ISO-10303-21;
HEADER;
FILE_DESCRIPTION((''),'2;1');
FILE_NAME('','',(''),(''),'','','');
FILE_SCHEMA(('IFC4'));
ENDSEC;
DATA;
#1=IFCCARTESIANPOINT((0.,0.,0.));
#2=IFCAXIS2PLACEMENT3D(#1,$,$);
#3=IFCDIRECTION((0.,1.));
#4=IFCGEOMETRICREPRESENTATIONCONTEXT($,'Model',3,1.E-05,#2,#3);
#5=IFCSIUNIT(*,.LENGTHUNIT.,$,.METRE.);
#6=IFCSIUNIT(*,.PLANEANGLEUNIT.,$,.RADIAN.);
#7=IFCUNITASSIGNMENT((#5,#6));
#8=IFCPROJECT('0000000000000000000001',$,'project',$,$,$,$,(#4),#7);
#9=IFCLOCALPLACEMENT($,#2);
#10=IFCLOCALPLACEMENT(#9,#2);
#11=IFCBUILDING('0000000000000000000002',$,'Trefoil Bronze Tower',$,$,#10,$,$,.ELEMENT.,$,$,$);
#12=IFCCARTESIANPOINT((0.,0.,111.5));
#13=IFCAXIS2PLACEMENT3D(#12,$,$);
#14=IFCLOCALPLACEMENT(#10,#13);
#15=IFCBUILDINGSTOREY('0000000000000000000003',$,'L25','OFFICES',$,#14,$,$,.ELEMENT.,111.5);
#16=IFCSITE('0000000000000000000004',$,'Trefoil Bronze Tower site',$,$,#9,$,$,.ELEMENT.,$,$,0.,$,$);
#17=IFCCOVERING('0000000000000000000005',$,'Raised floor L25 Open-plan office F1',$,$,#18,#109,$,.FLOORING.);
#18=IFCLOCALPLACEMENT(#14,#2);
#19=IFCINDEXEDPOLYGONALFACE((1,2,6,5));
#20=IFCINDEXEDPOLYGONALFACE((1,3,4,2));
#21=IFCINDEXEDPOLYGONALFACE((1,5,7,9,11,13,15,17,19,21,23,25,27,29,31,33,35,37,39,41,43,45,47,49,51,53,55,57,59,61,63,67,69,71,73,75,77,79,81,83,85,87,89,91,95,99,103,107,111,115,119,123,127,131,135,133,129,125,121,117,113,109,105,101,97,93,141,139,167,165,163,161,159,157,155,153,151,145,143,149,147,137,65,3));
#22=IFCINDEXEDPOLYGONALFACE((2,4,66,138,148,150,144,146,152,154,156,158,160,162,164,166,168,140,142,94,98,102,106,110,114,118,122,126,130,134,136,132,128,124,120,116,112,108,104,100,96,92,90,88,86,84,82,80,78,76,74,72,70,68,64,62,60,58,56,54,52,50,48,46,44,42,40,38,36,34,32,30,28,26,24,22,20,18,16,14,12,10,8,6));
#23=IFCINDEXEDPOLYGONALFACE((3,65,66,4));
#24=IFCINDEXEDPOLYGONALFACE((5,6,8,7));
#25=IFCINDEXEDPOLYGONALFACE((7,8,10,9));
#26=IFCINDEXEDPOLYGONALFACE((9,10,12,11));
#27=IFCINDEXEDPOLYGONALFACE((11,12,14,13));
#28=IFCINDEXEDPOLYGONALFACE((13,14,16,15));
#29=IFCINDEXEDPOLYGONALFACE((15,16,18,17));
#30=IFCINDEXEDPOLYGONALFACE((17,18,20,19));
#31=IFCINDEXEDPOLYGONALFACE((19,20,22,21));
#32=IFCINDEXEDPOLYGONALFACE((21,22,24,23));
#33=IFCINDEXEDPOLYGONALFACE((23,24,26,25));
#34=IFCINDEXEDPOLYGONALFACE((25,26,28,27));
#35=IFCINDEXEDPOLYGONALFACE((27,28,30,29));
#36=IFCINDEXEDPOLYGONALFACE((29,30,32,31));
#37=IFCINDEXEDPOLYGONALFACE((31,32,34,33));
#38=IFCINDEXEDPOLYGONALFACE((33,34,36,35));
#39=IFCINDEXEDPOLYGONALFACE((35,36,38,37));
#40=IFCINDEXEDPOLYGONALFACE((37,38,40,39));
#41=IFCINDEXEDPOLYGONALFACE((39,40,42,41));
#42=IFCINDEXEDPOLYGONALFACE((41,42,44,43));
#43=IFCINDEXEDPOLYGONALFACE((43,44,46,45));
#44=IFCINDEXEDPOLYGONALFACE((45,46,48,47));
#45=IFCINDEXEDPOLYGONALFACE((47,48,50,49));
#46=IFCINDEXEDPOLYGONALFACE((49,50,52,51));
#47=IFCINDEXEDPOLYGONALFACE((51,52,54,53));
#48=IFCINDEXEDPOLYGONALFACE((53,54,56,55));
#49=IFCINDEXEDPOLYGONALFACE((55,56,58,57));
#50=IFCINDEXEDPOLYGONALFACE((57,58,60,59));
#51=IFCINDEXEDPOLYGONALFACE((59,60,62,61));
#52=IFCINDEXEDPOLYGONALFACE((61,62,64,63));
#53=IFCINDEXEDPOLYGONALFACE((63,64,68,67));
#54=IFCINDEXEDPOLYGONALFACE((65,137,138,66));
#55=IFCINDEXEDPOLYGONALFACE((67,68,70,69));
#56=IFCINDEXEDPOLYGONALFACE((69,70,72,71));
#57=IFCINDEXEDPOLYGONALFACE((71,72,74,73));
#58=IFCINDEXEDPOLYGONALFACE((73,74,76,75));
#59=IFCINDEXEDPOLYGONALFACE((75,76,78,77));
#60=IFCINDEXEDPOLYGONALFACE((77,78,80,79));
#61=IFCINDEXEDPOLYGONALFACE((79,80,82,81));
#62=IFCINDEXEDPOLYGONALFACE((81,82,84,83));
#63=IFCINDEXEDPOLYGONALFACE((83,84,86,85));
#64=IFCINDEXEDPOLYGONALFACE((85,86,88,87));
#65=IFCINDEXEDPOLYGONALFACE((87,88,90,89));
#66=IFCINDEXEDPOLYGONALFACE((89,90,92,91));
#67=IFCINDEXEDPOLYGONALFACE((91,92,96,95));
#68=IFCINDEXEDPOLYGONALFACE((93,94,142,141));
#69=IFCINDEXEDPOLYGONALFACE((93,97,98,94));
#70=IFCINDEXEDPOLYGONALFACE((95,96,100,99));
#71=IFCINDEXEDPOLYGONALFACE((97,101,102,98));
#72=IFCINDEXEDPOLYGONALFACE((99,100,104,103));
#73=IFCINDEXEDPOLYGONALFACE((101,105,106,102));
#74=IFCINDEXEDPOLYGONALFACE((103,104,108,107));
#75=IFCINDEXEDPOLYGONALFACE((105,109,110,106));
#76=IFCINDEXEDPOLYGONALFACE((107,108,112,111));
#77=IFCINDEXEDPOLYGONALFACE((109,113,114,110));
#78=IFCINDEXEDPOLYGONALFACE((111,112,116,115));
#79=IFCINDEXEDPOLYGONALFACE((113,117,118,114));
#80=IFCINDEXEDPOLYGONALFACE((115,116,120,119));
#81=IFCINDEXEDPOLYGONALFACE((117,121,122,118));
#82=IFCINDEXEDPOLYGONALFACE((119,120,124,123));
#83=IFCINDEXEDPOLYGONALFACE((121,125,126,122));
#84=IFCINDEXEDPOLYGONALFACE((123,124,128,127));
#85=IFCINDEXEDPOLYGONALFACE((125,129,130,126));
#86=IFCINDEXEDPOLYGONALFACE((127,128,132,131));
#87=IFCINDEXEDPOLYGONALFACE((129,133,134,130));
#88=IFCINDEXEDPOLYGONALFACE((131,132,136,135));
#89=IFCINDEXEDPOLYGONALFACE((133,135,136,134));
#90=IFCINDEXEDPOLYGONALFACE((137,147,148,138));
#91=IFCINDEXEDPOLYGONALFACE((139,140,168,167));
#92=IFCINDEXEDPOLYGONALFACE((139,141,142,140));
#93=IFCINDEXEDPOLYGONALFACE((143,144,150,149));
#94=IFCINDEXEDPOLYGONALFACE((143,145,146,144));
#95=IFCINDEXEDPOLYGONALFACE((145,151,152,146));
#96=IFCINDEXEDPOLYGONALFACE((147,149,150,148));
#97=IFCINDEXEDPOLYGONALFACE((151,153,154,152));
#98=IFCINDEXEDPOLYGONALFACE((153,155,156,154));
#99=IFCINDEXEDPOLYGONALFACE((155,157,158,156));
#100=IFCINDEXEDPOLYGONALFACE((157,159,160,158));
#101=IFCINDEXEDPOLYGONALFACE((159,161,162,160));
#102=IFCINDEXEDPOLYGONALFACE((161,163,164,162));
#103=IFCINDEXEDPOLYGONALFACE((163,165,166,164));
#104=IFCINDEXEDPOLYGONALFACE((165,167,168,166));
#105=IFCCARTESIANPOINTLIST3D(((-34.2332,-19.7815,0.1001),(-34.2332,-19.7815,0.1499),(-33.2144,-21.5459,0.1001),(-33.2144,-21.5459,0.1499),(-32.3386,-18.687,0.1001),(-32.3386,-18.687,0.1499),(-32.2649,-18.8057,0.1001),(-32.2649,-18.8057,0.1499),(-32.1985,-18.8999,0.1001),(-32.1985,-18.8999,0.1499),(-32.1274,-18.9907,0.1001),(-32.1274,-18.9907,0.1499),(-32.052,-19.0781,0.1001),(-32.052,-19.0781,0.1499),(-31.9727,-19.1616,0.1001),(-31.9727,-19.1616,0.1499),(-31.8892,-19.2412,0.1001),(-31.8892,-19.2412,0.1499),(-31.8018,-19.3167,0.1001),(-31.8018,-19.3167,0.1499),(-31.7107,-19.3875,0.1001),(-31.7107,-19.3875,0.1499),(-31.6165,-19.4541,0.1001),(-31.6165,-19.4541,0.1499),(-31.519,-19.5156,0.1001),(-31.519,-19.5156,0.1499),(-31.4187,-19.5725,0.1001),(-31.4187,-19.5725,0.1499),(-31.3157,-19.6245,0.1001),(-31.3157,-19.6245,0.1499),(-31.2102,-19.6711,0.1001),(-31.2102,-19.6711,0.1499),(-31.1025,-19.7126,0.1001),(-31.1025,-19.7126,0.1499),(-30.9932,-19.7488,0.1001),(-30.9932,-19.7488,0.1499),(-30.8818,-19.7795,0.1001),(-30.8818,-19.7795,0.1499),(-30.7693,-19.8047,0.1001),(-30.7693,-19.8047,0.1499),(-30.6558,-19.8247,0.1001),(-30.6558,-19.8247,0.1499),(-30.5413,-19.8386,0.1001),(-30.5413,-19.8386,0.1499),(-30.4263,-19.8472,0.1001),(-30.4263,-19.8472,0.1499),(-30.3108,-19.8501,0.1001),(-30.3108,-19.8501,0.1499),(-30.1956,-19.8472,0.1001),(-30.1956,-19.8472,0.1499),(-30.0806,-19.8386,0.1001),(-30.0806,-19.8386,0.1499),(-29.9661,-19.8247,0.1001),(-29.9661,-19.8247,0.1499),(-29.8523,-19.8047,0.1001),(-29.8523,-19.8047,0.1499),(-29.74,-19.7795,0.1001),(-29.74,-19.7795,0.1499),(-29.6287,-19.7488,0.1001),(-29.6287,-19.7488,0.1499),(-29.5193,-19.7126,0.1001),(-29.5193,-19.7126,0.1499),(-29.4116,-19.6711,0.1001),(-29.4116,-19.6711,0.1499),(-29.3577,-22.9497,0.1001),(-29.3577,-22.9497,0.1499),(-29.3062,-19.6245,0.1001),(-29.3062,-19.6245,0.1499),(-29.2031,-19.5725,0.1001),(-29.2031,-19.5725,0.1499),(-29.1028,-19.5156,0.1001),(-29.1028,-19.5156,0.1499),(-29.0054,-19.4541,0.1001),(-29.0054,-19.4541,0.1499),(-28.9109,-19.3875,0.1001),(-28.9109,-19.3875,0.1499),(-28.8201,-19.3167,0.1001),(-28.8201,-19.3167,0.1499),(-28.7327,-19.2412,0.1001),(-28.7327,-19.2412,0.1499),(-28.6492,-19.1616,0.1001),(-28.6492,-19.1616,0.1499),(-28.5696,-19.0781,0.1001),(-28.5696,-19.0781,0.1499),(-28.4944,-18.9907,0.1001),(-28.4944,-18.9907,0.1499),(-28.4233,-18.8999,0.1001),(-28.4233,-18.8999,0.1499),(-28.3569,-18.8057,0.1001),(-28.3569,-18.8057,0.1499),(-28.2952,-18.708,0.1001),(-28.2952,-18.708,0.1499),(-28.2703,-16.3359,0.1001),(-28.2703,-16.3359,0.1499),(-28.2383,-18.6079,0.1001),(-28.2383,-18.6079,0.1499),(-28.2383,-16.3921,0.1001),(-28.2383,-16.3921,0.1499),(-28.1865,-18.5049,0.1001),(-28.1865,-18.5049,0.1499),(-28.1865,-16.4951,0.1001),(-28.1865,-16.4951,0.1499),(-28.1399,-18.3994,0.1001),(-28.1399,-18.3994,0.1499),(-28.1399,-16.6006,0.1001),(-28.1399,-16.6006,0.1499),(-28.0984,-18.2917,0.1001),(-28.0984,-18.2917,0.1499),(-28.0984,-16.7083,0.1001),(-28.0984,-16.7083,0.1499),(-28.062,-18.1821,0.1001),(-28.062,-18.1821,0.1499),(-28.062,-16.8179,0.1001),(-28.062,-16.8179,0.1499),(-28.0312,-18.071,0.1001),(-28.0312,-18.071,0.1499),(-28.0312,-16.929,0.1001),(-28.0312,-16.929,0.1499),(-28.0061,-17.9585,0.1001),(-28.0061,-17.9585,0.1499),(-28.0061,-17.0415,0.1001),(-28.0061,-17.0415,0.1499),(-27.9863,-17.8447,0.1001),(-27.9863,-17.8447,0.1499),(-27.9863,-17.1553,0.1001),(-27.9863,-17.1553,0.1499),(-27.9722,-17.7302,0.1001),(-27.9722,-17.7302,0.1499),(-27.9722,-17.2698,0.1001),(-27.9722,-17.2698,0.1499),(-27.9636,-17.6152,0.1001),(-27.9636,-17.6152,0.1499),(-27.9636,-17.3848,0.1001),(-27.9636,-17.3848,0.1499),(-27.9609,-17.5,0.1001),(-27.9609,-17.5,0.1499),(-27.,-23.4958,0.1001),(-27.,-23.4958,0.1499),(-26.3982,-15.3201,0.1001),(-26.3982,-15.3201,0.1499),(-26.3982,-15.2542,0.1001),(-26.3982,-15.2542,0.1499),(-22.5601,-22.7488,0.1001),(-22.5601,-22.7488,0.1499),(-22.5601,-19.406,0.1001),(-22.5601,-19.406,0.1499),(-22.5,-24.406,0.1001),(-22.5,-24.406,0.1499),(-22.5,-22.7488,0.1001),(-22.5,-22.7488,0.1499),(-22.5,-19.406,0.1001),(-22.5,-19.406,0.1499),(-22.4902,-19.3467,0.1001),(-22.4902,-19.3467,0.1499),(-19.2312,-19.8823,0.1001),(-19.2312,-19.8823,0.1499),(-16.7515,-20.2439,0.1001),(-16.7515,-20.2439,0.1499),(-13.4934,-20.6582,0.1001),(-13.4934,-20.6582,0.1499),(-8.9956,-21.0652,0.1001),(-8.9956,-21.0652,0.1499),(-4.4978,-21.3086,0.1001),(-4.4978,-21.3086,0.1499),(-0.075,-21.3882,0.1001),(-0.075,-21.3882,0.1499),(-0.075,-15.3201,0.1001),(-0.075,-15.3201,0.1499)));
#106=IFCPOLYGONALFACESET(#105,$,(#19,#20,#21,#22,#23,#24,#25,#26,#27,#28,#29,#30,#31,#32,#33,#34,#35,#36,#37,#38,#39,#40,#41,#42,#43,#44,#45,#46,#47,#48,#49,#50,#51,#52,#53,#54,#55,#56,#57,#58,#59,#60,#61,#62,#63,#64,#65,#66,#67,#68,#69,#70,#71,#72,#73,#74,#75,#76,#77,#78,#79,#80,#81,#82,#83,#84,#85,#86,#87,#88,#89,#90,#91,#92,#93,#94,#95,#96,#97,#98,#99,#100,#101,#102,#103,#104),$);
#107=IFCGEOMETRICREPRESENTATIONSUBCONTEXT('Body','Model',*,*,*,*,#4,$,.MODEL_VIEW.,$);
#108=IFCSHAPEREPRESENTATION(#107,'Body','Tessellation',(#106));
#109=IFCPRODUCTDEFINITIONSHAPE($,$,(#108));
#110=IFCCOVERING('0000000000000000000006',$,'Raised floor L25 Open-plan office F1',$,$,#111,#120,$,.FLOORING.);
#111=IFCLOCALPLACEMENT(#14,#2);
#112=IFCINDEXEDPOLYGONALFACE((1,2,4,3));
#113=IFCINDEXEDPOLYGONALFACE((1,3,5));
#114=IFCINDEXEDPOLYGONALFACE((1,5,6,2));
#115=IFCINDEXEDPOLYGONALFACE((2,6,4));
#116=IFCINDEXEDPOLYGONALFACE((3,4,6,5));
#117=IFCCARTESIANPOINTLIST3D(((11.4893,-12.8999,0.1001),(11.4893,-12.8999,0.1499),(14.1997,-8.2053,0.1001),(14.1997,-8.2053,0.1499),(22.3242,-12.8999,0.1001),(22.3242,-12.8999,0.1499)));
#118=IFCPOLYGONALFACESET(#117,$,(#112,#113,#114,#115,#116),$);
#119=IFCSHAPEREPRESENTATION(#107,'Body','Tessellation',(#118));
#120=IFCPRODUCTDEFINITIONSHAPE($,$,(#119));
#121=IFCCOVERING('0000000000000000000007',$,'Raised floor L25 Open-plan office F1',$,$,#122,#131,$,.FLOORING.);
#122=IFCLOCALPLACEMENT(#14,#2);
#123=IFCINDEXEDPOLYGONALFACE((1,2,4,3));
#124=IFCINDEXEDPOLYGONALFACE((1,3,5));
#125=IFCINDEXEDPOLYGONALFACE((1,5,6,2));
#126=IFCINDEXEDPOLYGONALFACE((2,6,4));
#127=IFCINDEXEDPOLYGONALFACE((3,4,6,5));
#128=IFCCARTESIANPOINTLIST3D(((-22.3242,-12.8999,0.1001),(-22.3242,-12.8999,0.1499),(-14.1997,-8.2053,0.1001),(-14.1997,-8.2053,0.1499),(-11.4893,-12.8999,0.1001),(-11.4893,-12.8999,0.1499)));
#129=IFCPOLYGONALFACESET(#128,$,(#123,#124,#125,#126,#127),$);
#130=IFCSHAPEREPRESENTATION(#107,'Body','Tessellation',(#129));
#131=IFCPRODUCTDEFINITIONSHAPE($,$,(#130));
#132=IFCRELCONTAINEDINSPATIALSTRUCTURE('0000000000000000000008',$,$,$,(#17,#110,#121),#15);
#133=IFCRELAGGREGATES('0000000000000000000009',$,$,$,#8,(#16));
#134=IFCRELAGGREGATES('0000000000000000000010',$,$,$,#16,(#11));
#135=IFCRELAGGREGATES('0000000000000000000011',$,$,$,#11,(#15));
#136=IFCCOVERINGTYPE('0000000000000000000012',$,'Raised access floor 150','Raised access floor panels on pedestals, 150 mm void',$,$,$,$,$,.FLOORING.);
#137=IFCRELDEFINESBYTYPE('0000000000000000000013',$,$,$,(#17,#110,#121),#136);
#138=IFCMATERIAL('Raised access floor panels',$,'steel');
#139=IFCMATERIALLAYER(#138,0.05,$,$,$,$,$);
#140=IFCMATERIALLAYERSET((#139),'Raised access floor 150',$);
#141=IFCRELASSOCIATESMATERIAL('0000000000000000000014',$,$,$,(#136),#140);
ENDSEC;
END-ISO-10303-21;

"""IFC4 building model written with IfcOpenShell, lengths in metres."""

from ifc_helpers import new_model, si_unit, direction, frame, origin, place, context, subcontext, project, spatial, polyline, outline, extrude, material, layer, layer_set, type_object, element, save


model = new_model("IFC4")

# Units and contexts
model_context = context("Model", 3, precision=1e-05, world=origin(), true_north=direction((0.0, 1.0)))
body_context = subcontext(model_context, "Body", "Model", "MODEL_VIEW")
ifc_project = project(units=[si_unit("LENGTHUNIT", "METRE"), si_unit("PLANEANGLEUNIT", "RADIAN")], contexts=[model_context])

# Site, building, storey
site_placement = place(None, origin())
site = spatial("IfcSite", under=ifc_project, at=site_placement, Name="Trefoil Bronze Tower site", CompositionType="ELEMENT", RefElevation=0.0)
building_placement = place(site_placement, origin())
building = spatial("IfcBuilding", under=site, at=building_placement, Name="Trefoil Bronze Tower", CompositionType="ELEMENT")
storey_placement = place(building_placement, frame((0.0, 0.0, 111.5)))
storey = spatial("IfcBuildingStorey", under=building, at=storey_placement, Name="L25", Description="OFFICES", CompositionType="ELEMENT", Elevation=111.5)

# Coverings
ifc_material_1 = material(Name="Raised access floor panels", Category="steel")
ifc_layer_1 = layer(ifc_material_1, 0.05)
ifc_layer_set_1 = layer_set([ifc_layer_1], Name="Raised access floor 150")
covering_type_1 = type_object("IfcCoveringType", Name="Raised access floor 150", Description="Raised access floor panels on pedestals, 150 mm void", PredefinedType="FLOORING", material=ifc_layer_set_1)
covering_1_placement = place(storey_placement, frame((0.0, 0.0, 0.1001)))
element("IfcCovering", 1, at=covering_1_placement, inside=storey, type_object=covering_type_1, Name="Raised floor L25 Open-plan office F1", PredefinedType="FLOORING", context=body_context, shape_type="SweptSolid", body=[
    extrude(outline(polyline([(-28.1399, -16.6006), (-28.1865, -16.4951), (-28.2383, -16.3921), (-28.2703, -16.3359), (-26.3982, -15.2542), (-26.3982, -15.3201), (-0.075, -15.3201), (-0.075, -21.3882), (-4.4978, -21.3086), (-8.9956, -21.0652), (-13.4934, -20.6582), (-16.7515, -20.2439), (-19.2312, -19.8823), (-22.4902, -19.3467), (-22.5, -19.406), (-22.5601, -19.406), (-22.5601, -22.7488), (-22.5, -22.7488), (-22.5, -24.406), (-27.0, -23.4958), (-29.3577, -22.9497), (-33.2144, -21.5459), (-34.2332, -19.7815), (-32.3386, -18.687), (-32.2649, -18.8057), (-32.1985, -18.8999), (-32.1274, -18.9907), (-32.052, -19.0781), (-31.9727, -19.1616), (-31.8892, -19.2412), (-31.8018, -19.3167), (-31.7107, -19.3875), (-31.6165, -19.4541), (-31.519, -19.5156), (-31.4187, -19.5725), (-31.3157, -19.6245), (-31.2102, -19.6711), (-31.1025, -19.7126), (-30.9932, -19.7488), (-30.8818, -19.7795), (-30.7693, -19.8047), (-30.6558, -19.8247), (-30.5413, -19.8386), (-30.4263, -19.8472), (-30.3108, -19.8501), (-30.1956, -19.8472), (-30.0806, -19.8386), (-29.9661, -19.8247), (-29.8523, -19.8047), (-29.74, -19.7795), (-29.6287, -19.7488), (-29.5193, -19.7126), (-29.4116, -19.6711), (-29.3062, -19.6245), (-29.2031, -19.5725), (-29.1028, -19.5156), (-29.0054, -19.4541), (-28.9109, -19.3875), (-28.8201, -19.3167), (-28.7327, -19.2412), (-28.6492, -19.1616), (-28.5696, -19.0781), (-28.4944, -18.9907), (-28.4233, -18.8999), (-28.3569, -18.8057), (-28.2952, -18.708), (-28.2383, -18.6079), (-28.1865, -18.5049), (-28.1399, -18.3994), (-28.0984, -18.2917), (-28.062, -18.1821), (-28.0312, -18.071), (-28.0061, -17.9585), (-27.9863, -17.8447), (-27.9722, -17.7302), (-27.9636, -17.6152), (-27.9609, -17.5), (-27.9636, -17.3848), (-27.9722, -17.2698), (-27.9863, -17.1553), (-28.0061, -17.0415), (-28.0312, -16.929), (-28.062, -16.8179), (-28.0984, -16.7083), (-28.1399, -16.6006)])), origin(), (0.0, 0.0, 1.0), 0.0498),
])
covering_2_placement = place(storey_placement, frame((0.0, 0.0, 0.1001)))
element("IfcCovering", 2, at=covering_2_placement, inside=storey, type_object=covering_type_1, Name="Raised floor L25 Open-plan office F1", PredefinedType="FLOORING", context=body_context, shape_type="SweptSolid", body=[
    extrude(outline(polyline([(14.1997, -8.2053), (22.3242, -12.8999), (11.4893, -12.8999), (14.1997, -8.2053)])), origin(), (0.0, 0.0, 1.0), 0.0498),
])
covering_3_placement = place(storey_placement, frame((0.0, 0.0, 0.1001)))
element("IfcCovering", 3, at=covering_3_placement, inside=storey, type_object=covering_type_1, Name="Raised floor L25 Open-plan office F1", PredefinedType="FLOORING", context=body_context, shape_type="SweptSolid", body=[
    extrude(outline(polyline([(-22.3242, -12.8999), (-14.1997, -8.2053), (-11.4893, -12.8999), (-22.3242, -12.8999)])), origin(), (0.0, 0.0, 1.0), 0.0498),
])

save(model, "model.ifc")
